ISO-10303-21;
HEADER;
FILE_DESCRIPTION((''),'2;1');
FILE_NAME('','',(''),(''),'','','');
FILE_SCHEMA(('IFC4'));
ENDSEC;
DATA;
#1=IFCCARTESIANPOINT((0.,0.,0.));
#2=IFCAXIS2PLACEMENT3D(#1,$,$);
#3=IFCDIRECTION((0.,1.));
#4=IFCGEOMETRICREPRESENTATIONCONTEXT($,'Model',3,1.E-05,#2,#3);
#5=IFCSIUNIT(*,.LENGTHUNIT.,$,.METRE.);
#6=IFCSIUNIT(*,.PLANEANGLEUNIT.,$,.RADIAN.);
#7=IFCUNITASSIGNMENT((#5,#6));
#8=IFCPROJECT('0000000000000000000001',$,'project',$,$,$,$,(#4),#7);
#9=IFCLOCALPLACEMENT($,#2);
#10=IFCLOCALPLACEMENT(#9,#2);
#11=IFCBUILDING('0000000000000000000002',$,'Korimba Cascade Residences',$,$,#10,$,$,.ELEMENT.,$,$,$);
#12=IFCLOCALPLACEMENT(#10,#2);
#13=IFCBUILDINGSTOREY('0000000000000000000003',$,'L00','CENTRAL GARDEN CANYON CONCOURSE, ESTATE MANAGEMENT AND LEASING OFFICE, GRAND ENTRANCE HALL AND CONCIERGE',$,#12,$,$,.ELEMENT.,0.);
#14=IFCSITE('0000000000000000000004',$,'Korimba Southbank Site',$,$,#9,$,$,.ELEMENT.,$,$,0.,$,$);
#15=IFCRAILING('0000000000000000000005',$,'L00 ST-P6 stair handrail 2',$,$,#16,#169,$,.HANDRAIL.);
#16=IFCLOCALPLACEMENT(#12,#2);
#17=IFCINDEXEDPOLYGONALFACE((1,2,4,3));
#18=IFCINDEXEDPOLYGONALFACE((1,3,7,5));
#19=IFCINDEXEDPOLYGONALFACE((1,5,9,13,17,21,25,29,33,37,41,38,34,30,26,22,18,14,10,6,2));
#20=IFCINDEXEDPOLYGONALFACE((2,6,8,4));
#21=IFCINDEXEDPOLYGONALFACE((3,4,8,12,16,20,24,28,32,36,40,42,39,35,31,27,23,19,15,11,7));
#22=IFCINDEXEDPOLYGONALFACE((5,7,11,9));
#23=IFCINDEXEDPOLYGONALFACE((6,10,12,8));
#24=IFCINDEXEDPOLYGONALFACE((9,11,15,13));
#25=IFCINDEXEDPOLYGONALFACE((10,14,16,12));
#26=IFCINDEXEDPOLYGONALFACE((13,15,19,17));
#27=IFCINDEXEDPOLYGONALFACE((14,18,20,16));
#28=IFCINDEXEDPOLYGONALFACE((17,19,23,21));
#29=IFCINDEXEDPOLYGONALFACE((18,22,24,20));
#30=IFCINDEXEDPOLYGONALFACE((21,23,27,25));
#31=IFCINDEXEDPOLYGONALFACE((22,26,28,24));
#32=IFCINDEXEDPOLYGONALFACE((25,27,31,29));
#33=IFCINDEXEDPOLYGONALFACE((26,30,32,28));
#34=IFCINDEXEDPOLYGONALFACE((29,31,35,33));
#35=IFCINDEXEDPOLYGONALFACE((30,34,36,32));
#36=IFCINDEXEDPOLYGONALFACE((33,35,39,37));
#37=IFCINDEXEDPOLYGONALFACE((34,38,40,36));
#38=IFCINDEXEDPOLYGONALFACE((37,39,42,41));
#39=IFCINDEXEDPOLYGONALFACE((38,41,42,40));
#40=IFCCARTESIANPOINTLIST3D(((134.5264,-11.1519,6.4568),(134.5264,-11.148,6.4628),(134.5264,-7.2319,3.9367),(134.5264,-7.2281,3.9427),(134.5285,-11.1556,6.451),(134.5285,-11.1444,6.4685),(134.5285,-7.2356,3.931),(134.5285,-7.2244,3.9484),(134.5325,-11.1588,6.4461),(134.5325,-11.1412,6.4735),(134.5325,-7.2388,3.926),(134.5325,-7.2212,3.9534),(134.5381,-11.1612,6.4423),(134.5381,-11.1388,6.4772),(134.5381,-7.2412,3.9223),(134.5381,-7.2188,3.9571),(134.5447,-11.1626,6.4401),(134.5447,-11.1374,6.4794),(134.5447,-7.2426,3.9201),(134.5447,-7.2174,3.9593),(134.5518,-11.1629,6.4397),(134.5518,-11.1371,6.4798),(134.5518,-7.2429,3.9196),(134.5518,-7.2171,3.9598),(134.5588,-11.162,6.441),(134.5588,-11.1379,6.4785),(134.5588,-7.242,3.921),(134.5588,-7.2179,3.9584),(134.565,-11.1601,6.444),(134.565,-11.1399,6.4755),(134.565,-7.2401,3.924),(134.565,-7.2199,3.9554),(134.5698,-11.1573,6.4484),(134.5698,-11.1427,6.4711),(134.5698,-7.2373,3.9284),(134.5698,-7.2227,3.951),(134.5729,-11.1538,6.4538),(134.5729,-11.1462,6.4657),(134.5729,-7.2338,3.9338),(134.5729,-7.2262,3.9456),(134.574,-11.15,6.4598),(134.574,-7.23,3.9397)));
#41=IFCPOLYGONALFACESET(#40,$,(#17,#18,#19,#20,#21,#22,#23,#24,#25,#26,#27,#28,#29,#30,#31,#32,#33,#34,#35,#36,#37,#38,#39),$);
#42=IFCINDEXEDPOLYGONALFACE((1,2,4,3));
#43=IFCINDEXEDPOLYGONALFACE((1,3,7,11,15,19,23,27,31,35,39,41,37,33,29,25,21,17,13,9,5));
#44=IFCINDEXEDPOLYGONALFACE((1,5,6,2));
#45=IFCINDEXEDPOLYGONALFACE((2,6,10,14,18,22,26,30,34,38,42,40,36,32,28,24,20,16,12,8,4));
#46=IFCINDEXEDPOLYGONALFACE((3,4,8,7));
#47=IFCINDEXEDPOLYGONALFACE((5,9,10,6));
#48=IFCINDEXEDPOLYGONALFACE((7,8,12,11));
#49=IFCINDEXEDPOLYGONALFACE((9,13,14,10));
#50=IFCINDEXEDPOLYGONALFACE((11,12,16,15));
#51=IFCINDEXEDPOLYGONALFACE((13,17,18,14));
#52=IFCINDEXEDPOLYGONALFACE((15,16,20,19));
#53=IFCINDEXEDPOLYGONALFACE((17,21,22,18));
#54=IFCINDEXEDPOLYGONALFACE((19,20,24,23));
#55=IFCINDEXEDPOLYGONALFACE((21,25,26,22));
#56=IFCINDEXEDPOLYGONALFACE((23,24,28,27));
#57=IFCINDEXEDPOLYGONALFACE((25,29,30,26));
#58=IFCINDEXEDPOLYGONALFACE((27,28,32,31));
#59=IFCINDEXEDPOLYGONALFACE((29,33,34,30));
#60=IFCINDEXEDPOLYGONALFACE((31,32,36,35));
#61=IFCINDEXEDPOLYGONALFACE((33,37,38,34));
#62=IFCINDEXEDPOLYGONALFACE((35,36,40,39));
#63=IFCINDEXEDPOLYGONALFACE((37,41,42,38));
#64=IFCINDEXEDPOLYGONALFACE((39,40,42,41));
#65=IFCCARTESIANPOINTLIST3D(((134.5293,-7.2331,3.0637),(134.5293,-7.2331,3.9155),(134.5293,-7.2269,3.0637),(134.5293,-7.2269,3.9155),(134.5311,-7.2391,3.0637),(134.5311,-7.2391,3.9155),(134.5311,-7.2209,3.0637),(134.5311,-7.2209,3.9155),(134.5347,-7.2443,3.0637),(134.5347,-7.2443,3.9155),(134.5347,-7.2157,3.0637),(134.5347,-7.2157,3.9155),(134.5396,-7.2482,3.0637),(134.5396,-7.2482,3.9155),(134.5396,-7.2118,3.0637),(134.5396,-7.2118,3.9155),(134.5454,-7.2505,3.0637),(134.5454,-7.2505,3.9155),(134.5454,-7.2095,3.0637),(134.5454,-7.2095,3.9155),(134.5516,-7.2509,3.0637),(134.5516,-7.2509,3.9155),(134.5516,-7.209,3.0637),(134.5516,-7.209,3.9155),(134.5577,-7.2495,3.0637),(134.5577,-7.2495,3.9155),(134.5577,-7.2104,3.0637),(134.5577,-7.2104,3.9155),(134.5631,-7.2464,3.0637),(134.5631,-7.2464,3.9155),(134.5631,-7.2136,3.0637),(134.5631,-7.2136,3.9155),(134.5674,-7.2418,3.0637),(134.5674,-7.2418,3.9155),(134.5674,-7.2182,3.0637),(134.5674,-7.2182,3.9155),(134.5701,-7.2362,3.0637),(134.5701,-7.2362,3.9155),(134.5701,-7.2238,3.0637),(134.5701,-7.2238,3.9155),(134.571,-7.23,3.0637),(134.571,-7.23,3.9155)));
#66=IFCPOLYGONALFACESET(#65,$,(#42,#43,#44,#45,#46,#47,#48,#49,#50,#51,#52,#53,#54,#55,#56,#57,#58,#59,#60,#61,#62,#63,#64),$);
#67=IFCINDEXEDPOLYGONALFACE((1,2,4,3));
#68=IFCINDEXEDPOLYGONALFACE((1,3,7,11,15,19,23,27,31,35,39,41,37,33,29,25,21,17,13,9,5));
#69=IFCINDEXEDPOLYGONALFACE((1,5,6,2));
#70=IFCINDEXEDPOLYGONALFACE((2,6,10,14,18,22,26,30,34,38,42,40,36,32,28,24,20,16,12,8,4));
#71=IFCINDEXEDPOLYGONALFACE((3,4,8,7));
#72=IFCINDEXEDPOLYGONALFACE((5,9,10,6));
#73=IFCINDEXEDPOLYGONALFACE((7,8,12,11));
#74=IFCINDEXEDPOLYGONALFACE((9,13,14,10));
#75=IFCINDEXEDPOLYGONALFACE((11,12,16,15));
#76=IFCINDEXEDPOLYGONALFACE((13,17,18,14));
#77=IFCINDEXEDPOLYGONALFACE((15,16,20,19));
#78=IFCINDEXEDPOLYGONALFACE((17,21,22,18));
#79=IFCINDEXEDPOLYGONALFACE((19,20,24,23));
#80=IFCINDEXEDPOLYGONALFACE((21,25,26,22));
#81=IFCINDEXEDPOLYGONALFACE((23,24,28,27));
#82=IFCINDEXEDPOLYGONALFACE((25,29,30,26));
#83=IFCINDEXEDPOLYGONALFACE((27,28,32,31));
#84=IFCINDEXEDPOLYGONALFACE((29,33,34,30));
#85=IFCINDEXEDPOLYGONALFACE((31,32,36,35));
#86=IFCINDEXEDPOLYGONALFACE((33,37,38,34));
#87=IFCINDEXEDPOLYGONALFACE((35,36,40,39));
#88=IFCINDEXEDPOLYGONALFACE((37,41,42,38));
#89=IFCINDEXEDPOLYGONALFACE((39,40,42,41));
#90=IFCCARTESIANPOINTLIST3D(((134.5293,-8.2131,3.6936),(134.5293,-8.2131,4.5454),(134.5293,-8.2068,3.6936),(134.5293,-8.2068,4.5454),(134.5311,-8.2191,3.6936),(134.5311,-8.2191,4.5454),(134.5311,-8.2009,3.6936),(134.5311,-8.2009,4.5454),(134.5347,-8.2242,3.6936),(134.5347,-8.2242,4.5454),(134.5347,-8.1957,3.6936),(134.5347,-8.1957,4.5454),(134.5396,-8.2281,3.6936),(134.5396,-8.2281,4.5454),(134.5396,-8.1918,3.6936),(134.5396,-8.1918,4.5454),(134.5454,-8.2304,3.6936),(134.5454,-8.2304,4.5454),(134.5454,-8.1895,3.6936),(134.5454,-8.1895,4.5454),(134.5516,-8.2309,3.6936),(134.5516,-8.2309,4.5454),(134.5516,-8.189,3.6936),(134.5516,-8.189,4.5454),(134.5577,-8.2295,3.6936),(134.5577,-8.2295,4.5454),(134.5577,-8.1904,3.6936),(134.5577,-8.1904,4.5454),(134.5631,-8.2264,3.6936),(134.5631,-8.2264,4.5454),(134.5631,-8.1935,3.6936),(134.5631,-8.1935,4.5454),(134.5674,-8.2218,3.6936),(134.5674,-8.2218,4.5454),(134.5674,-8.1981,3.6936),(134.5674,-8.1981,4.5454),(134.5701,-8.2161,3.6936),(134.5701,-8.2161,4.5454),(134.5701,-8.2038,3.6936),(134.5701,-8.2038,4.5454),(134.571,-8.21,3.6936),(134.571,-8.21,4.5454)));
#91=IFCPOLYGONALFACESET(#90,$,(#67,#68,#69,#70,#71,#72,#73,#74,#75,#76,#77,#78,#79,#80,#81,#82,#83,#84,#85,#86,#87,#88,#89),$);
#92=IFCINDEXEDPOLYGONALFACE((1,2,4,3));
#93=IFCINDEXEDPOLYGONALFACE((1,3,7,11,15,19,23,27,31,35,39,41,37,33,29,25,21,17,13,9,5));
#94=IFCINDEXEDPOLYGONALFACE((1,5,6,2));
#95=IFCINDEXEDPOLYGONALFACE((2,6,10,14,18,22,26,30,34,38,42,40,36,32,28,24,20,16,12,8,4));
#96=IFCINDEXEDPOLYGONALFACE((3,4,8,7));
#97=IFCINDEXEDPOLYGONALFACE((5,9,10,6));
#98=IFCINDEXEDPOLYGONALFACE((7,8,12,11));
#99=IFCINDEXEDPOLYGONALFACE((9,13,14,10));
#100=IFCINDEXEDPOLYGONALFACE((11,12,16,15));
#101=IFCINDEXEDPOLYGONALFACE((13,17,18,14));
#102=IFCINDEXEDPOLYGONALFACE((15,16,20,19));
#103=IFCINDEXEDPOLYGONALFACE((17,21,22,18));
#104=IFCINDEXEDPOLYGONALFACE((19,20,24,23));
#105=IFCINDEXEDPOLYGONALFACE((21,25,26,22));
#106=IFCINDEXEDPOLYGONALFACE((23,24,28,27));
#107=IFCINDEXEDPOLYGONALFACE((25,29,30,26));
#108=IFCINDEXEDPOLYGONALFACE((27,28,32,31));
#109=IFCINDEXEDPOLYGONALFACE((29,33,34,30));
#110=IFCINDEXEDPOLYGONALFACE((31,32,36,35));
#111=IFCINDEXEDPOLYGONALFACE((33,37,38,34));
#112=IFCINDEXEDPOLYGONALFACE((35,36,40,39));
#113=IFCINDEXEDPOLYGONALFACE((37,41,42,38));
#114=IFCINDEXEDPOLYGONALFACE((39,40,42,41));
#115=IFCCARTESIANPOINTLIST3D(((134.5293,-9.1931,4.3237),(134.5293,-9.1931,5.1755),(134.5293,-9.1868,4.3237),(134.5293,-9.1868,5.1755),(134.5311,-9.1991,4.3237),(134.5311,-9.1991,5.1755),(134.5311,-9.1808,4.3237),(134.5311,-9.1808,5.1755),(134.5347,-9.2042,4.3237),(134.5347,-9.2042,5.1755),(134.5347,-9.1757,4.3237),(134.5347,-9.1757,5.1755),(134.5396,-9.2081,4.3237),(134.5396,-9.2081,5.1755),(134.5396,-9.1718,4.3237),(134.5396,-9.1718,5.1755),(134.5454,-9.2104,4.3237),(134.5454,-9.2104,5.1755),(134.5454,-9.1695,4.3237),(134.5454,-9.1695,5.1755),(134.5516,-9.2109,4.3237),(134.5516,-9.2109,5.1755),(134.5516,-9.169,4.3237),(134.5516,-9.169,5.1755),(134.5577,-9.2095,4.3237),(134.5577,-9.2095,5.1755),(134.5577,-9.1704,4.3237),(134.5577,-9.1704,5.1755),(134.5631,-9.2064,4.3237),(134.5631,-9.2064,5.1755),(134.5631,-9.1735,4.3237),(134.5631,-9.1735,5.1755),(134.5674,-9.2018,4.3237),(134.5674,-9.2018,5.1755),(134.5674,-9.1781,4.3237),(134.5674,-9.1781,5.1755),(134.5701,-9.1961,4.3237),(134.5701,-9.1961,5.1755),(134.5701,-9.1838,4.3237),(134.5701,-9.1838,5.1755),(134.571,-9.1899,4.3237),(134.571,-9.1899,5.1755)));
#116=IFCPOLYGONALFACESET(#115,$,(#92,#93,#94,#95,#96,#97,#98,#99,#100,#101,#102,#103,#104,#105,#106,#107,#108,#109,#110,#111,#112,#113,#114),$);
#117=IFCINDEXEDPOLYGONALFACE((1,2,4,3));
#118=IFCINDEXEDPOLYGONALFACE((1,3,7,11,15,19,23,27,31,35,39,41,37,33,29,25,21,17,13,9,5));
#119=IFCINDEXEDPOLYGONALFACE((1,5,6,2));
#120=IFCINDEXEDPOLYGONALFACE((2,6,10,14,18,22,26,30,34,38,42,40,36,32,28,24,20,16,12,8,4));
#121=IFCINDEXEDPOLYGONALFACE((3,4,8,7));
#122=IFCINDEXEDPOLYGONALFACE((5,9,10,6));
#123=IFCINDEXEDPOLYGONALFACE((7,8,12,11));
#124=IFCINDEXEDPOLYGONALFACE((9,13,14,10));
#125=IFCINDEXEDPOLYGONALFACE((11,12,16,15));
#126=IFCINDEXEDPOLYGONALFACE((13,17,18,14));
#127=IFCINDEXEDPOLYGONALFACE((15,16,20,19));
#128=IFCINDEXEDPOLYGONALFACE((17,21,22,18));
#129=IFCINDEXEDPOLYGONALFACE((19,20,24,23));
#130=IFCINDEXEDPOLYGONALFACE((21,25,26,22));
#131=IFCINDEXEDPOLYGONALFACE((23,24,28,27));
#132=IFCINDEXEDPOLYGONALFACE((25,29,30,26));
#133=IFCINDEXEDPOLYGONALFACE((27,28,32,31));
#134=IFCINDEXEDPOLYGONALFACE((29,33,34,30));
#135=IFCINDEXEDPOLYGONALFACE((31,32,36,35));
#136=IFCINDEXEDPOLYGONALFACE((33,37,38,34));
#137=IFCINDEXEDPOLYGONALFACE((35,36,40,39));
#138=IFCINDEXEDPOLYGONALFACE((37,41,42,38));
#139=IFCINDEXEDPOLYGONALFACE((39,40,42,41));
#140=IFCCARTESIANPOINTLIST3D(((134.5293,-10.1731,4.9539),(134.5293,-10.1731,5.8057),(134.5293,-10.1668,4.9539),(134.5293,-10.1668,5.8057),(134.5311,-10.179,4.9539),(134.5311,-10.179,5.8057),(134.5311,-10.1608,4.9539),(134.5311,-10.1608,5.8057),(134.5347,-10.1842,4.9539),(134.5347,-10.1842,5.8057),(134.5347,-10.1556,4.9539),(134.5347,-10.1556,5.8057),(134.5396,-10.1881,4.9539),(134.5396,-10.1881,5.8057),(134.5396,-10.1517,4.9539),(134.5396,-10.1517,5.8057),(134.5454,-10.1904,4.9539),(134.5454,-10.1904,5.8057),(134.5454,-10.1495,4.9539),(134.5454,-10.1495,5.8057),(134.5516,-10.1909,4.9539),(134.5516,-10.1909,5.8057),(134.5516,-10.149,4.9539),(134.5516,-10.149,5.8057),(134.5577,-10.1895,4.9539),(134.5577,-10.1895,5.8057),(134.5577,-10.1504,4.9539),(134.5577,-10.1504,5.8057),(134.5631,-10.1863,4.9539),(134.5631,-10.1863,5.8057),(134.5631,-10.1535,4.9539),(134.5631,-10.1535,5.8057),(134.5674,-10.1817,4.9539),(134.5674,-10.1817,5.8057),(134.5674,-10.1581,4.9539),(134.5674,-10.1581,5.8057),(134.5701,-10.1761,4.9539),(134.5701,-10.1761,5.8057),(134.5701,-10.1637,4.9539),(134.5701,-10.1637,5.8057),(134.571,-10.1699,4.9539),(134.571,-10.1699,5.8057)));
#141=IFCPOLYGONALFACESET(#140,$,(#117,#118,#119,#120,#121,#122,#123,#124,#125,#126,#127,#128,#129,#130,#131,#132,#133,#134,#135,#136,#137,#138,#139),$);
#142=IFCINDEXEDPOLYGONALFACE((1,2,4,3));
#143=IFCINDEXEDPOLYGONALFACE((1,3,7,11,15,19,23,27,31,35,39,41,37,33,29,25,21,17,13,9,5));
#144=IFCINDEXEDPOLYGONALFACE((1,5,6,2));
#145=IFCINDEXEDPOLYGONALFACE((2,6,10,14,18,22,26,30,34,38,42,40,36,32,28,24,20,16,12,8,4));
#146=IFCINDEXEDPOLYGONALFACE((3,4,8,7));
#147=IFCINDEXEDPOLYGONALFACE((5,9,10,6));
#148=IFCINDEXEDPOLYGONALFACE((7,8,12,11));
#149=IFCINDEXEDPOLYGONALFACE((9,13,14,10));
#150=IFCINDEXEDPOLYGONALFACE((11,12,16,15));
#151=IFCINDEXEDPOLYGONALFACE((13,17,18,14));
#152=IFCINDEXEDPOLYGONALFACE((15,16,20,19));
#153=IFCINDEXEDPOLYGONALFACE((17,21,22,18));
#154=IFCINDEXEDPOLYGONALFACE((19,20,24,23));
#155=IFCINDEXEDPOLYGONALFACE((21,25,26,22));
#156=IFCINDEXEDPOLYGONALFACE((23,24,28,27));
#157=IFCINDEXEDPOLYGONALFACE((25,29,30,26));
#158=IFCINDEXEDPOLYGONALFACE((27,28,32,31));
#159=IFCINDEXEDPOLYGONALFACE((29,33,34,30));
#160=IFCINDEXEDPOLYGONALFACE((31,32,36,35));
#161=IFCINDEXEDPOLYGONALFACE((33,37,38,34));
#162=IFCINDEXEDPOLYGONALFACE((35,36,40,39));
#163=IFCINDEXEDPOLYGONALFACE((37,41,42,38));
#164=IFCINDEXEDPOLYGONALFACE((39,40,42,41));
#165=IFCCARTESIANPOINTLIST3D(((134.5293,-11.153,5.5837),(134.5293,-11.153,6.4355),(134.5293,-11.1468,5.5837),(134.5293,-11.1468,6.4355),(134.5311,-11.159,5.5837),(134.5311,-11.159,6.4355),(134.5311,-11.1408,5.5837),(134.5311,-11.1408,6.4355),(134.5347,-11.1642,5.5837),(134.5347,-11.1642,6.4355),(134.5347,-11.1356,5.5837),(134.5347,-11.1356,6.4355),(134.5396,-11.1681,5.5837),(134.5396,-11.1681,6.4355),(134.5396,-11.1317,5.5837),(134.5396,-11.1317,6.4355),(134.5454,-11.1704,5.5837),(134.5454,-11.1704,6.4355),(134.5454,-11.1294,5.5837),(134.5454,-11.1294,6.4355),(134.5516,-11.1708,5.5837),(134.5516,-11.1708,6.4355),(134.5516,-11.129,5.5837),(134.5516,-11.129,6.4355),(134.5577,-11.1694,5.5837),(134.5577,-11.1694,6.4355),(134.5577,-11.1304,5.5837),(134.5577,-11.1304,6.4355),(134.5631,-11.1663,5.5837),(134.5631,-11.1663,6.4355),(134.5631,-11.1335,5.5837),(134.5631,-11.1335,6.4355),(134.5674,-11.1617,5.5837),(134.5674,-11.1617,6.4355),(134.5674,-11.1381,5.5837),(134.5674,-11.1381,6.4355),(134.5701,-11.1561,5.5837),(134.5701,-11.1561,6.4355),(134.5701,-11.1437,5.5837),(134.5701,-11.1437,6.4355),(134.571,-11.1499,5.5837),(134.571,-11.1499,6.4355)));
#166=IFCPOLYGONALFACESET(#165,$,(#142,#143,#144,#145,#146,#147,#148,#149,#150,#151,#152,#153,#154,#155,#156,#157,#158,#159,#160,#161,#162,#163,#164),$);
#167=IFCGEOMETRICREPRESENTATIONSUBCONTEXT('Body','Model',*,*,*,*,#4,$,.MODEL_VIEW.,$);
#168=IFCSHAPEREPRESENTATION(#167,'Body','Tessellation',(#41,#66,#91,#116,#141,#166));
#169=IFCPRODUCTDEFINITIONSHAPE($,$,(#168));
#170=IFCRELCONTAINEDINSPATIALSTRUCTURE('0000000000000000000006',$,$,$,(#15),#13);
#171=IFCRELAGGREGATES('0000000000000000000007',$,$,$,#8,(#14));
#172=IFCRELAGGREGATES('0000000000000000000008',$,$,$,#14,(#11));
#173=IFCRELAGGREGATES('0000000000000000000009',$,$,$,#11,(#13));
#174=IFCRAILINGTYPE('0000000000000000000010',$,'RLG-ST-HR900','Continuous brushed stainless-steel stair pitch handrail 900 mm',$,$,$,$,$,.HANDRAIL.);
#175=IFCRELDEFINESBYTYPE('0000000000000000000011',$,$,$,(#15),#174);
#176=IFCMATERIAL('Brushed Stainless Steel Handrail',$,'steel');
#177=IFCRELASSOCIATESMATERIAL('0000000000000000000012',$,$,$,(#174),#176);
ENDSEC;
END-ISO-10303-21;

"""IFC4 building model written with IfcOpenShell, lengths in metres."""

from ifc_helpers import new_model, si_unit, direction, frame, origin, origin_2d, place, context, subcontext, project, spatial, circle, extrude, material, type_object, element, save


model = new_model("IFC4")

# Units and contexts
model_context = context("Model", 3, precision=1e-05, world=origin(), true_north=direction((0.0, 1.0)))
body_context = subcontext(model_context, "Body", "Model", "MODEL_VIEW")
ifc_project = project(units=[si_unit("LENGTHUNIT", "METRE"), si_unit("PLANEANGLEUNIT", "RADIAN")], contexts=[model_context])

# Site, building, storey
site_placement = place(None, origin())
site = spatial("IfcSite", under=ifc_project, at=site_placement, Name="Korimba Southbank Site", CompositionType="ELEMENT", RefElevation=0.0)
building_placement = place(site_placement, origin())
building = spatial("IfcBuilding", under=site, at=building_placement, Name="Korimba Cascade Residences", CompositionType="ELEMENT")
storey_placement = place(building_placement, origin())
storey = spatial("IfcBuildingStorey", under=building, at=storey_placement, Name="L00", Description="CENTRAL GARDEN CANYON CONCOURSE, ESTATE MANAGEMENT AND LEASING OFFICE, GRAND ENTRANCE HALL AND CONCIERGE", CompositionType="ELEMENT", Elevation=0.0)

# Railing
ifc_material_1 = material(Name="Brushed Stainless Steel Handrail", Category="steel")
railing_type_1 = type_object("IfcRailingType", Name="RLG-ST-HR900", Description="Continuous brushed stainless-steel stair pitch handrail 900 mm", PredefinedType="HANDRAIL", material=ifc_material_1)
railing_1_placement = place(storey_placement, frame((134.55, -7.23, 3.0637)))
element("IfcRailing", 1, at=railing_1_placement, inside=storey, type_object=railing_type_1, Name="L00 ST-P6 stair handrail 2", PredefinedType="HANDRAIL", context=body_context, shape_type="SweptSolid", body=[
    extrude(circle(Radius=0.0239, at=origin_2d()), frame((0.0, 0.0, 0.876), z_axis=(0.0, -0.841172, 0.540768), x_axis=(1.0, 0.0, 0.0)), (0.0, 0.0, 1.0), 4.6602),
    extrude(circle(Radius=0.021, at=origin_2d()), origin(), (0.0, 0.0, 1.0), 0.8518),
    extrude(circle(Radius=0.021, at=origin_2d()), frame((0.0, -0.98, 0.6299)), (0.0, 0.0, 1.0), 0.8518),
    extrude(circle(Radius=0.021, at=origin_2d()), frame((0.0, -1.96, 1.26)), (0.0, 0.0, 1.0), 0.8518),
    extrude(circle(Radius=0.021, at=origin_2d()), frame((0.0, -2.9399, 1.8901)), (0.0, 0.0, 1.0), 0.8518),
    extrude(circle(Radius=0.021, at=origin_2d()), frame((0.0, -3.9199, 2.52)), (0.0, 0.0, 1.0), 0.8518),
])

save(model, "model.ifc")
